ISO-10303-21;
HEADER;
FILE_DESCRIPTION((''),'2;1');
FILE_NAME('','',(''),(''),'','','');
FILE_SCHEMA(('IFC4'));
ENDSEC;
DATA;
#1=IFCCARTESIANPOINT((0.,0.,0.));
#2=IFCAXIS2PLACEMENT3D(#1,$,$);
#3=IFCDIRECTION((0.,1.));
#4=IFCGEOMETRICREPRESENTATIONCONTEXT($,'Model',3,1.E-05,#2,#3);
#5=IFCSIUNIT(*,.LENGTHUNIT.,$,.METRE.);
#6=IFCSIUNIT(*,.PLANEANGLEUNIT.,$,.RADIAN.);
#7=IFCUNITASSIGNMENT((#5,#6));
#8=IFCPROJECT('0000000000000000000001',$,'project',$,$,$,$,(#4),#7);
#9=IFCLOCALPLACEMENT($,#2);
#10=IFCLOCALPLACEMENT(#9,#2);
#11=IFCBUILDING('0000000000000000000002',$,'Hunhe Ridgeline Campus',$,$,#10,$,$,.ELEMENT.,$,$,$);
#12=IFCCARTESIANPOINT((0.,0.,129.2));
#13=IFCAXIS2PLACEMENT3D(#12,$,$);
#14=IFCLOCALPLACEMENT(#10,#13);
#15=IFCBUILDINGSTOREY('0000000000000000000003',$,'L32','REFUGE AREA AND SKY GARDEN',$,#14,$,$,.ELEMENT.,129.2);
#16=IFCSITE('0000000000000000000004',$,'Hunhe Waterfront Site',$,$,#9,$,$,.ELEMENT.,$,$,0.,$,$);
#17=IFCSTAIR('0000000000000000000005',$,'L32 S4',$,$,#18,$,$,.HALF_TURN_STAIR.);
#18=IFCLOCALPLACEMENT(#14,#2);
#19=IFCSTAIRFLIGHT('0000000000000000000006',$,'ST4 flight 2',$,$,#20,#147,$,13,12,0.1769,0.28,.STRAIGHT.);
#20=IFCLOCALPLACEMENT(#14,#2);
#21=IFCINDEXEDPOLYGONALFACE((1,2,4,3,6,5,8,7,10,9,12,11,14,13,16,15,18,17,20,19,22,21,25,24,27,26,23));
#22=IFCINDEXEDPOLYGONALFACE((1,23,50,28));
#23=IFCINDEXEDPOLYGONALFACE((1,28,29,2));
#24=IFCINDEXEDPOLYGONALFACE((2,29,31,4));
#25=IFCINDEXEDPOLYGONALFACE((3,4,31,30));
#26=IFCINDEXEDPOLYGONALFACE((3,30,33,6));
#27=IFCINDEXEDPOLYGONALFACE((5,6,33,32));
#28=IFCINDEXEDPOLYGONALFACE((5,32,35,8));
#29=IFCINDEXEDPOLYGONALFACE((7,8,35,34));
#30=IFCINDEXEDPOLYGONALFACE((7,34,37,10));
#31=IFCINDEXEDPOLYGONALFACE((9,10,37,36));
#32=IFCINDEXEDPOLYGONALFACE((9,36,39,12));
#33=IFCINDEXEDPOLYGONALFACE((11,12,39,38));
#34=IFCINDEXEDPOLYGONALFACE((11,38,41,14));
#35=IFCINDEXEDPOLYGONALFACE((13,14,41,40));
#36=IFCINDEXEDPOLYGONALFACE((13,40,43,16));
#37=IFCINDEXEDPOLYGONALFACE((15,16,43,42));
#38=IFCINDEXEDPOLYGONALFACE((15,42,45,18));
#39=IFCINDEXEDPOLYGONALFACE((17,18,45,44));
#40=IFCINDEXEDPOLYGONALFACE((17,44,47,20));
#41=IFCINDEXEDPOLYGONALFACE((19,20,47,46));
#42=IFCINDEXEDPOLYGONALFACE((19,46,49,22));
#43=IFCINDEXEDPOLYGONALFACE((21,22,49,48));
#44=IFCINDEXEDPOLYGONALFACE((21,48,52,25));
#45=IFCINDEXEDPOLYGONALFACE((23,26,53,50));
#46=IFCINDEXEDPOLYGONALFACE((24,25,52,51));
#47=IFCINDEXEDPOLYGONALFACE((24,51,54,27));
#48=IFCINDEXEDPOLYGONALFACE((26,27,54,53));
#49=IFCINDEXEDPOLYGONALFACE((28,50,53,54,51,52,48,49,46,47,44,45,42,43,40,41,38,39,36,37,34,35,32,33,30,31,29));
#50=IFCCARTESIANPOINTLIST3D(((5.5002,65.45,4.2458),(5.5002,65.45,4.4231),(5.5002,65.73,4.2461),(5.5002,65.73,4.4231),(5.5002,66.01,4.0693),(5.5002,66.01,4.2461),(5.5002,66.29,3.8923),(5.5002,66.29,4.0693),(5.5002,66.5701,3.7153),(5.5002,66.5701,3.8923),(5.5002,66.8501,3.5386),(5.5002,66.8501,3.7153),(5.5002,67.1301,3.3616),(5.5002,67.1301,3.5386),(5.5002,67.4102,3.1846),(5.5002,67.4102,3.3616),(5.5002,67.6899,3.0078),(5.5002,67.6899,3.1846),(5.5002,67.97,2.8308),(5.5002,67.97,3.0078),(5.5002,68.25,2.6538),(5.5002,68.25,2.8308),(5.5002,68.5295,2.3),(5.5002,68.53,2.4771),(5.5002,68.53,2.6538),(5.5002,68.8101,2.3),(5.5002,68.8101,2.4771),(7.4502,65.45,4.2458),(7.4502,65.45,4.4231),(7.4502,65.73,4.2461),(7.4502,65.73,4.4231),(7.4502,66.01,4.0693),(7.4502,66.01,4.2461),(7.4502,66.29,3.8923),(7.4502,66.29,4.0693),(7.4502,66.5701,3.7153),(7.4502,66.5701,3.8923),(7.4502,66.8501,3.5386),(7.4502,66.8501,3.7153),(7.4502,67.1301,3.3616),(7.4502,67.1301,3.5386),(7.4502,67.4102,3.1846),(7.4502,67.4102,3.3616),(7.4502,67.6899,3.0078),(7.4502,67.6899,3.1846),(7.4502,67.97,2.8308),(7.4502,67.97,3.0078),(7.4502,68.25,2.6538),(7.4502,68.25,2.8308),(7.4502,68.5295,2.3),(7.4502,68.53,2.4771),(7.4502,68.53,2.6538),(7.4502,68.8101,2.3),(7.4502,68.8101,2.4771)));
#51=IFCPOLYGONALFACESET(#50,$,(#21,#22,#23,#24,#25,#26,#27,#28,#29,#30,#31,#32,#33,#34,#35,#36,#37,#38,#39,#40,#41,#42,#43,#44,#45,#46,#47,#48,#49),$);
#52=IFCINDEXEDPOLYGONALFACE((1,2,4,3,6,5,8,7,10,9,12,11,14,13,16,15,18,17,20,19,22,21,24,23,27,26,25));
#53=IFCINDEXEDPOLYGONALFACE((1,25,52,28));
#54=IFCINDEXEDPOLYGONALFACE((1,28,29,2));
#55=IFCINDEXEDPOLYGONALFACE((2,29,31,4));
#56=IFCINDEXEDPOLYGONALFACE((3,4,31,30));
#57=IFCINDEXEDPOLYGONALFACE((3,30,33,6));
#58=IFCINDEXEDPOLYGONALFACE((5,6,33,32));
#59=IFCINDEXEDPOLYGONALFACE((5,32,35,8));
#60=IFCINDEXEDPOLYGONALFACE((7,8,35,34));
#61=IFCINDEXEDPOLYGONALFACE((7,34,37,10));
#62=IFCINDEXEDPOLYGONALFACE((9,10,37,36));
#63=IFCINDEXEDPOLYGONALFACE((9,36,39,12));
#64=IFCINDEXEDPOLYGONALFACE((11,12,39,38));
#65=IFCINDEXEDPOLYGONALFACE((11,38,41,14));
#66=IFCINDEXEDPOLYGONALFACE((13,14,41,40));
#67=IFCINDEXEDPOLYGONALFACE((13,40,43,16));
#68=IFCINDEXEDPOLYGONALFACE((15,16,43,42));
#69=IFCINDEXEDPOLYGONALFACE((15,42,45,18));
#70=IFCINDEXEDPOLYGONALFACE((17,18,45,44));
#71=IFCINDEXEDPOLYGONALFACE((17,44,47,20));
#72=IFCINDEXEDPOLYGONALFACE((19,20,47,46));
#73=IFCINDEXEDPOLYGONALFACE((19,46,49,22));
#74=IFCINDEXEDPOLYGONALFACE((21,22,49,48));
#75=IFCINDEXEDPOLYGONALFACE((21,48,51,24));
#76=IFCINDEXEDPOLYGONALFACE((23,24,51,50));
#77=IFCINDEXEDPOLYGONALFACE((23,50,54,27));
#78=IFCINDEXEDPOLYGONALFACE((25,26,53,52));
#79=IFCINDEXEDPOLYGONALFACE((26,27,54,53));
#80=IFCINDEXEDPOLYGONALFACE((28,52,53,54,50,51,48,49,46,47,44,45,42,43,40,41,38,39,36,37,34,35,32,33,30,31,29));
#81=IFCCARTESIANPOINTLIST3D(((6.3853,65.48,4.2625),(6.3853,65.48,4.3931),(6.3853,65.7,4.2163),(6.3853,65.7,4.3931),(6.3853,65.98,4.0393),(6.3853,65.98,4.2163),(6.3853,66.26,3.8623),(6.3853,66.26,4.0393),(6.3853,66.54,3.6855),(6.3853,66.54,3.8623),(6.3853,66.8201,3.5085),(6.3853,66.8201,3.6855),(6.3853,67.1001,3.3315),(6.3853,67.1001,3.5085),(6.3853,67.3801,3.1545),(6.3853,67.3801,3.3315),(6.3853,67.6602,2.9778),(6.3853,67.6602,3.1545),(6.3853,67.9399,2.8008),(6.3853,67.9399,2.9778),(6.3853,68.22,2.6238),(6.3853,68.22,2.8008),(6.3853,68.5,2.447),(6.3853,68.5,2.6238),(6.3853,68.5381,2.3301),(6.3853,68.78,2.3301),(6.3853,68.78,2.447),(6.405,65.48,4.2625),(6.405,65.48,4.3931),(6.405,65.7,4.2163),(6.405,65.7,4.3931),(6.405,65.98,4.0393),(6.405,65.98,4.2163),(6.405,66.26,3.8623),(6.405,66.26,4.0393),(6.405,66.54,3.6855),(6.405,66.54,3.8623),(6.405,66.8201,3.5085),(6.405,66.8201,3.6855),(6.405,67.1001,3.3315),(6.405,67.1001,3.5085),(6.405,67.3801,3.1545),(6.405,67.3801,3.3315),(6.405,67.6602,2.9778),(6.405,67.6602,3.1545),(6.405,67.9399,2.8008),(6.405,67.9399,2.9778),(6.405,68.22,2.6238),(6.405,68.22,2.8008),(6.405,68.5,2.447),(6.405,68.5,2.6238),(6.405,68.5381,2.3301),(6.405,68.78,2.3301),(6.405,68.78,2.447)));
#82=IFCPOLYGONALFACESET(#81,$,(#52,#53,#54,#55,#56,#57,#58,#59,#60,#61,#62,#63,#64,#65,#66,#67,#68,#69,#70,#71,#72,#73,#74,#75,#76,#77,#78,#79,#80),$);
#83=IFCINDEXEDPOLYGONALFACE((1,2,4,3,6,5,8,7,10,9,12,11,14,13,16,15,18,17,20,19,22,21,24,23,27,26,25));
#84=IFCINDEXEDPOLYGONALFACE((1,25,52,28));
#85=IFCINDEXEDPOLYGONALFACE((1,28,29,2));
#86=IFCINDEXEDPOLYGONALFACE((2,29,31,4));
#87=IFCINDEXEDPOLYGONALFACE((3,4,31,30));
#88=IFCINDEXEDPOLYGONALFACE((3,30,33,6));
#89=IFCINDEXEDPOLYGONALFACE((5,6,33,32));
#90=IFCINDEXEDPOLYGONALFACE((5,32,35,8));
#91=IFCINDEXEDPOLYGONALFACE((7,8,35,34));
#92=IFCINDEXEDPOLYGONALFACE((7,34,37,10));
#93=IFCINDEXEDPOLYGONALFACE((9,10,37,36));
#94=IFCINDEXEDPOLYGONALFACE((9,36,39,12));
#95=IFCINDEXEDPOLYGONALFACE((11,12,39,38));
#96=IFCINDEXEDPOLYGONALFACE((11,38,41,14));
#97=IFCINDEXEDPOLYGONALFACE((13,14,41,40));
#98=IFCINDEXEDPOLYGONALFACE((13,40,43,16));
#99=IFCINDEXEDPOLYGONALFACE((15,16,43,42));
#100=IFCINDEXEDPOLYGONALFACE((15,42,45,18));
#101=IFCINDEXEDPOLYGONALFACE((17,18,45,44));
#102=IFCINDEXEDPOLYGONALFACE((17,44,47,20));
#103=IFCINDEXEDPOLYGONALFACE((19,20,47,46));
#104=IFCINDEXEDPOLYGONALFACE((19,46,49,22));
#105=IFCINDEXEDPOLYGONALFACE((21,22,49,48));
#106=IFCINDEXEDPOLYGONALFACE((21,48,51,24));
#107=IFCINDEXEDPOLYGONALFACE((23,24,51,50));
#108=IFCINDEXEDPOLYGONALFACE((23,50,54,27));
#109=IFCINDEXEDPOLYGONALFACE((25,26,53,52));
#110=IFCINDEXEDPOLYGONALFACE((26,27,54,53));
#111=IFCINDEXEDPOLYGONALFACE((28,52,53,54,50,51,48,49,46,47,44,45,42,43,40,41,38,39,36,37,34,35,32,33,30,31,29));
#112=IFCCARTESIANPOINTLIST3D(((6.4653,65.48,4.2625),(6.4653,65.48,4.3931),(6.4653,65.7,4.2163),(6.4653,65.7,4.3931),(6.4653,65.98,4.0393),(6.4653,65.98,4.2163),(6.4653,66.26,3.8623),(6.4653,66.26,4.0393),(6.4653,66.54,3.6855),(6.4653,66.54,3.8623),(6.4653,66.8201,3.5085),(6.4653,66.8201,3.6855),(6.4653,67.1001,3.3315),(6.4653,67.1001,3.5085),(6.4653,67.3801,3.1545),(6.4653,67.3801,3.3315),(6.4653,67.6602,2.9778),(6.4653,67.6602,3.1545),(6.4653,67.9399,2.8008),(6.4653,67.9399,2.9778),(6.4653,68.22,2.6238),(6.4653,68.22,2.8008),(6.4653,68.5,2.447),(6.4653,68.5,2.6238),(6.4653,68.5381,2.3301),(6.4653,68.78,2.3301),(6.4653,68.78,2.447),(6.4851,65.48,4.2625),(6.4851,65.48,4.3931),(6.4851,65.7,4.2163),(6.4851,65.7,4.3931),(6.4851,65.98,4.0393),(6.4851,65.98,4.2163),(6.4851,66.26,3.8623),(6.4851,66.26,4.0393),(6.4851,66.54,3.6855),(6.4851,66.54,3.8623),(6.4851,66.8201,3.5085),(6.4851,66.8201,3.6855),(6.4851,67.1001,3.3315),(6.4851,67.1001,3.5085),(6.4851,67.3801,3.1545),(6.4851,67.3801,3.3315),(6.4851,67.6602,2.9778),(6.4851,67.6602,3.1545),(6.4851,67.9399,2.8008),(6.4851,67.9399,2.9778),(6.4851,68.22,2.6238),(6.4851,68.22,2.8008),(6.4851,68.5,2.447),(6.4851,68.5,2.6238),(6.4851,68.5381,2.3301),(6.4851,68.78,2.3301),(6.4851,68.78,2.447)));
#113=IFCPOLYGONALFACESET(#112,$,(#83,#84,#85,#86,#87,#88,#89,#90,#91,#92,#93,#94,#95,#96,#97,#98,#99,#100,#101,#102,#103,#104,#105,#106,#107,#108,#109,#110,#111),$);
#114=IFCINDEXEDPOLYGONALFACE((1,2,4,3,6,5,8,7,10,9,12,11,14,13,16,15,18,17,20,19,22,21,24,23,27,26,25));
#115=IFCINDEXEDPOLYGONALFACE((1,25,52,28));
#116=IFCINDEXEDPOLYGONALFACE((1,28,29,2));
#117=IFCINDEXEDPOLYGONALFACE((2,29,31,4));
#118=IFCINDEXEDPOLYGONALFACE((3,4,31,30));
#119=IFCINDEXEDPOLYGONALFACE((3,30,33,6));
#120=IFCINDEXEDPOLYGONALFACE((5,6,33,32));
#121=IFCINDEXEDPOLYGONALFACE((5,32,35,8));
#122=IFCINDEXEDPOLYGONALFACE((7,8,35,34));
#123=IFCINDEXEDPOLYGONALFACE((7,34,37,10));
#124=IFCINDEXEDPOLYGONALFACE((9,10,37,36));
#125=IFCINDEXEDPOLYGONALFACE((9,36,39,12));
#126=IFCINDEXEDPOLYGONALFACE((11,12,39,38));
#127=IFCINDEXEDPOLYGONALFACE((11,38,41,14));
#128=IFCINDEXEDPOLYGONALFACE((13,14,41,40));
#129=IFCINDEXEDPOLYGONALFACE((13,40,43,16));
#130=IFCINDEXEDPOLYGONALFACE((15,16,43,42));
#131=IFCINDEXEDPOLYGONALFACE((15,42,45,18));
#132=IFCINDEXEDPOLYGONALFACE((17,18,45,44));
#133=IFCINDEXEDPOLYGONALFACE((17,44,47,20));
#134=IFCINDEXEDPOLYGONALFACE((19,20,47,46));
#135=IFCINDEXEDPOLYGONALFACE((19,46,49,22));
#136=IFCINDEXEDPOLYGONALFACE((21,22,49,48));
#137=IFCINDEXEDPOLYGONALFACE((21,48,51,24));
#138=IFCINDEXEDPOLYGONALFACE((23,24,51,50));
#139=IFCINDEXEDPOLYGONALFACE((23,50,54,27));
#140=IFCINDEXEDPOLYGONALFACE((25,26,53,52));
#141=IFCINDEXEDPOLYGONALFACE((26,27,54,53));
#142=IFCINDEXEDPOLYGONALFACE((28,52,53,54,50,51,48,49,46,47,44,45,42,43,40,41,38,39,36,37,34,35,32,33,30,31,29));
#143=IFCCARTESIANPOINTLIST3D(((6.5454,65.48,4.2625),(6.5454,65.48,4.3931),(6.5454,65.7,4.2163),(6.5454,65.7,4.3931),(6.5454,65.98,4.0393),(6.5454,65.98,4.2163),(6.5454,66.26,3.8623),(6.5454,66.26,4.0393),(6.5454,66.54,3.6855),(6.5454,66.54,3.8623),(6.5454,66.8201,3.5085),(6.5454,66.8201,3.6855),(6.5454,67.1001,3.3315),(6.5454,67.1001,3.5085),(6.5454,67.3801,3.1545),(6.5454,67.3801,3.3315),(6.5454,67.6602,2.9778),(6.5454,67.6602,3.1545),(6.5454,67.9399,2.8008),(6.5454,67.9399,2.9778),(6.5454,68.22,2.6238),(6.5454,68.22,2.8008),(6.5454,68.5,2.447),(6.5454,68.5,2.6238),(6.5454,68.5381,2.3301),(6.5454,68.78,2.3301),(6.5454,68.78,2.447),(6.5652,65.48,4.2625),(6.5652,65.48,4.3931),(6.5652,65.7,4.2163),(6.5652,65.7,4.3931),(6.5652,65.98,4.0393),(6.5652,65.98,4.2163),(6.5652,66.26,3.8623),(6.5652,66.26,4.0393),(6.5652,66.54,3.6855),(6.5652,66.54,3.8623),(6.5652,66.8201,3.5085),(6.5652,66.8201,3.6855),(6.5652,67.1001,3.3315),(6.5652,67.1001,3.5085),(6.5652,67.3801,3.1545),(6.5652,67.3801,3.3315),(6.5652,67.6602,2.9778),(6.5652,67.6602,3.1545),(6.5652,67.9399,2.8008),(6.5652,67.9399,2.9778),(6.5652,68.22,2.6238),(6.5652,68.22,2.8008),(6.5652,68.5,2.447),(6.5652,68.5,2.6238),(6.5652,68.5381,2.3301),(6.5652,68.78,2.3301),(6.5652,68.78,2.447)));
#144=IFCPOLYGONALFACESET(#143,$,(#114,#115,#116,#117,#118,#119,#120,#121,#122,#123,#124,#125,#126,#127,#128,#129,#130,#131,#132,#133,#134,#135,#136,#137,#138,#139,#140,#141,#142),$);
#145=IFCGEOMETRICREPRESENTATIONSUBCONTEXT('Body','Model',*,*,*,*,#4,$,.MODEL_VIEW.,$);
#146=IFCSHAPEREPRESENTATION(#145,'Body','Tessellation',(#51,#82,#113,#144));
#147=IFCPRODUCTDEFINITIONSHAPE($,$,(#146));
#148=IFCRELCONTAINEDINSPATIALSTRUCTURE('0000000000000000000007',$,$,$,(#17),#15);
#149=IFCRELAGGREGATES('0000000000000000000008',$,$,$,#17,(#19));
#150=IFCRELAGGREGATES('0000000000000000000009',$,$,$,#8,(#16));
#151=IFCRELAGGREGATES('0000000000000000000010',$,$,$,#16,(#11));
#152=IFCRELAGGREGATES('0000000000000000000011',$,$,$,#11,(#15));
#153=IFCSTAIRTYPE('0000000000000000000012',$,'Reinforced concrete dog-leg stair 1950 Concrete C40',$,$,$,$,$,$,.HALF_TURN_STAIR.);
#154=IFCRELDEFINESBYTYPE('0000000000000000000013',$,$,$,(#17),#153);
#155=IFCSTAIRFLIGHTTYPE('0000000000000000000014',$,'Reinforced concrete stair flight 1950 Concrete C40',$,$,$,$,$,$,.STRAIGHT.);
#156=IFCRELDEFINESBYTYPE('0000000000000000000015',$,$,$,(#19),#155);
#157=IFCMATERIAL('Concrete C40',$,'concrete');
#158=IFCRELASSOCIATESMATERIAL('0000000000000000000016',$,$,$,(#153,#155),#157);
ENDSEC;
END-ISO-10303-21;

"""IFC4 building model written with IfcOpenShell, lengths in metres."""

from ifc_helpers import new_model, si_unit, direction, frame, origin, place, context, subcontext, project, spatial, polyline, outline, extrude, material, type_object, element, aggregate, save


model = new_model("IFC4")

# Units and contexts
model_context = context("Model", 3, precision=1e-05, world=origin(), true_north=direction((0.0, 1.0)))
body_context = subcontext(model_context, "Body", "Model", "MODEL_VIEW")
ifc_project = project(units=[si_unit("LENGTHUNIT", "METRE"), si_unit("PLANEANGLEUNIT", "RADIAN")], contexts=[model_context])

# Site, building, storey
site_placement = place(None, origin())
site = spatial("IfcSite", under=ifc_project, at=site_placement, Name="Hunhe Waterfront Site", CompositionType="ELEMENT", RefElevation=0.0)
building_placement = place(site_placement, origin())
building = spatial("IfcBuilding", under=site, at=building_placement, Name="Hunhe Ridgeline Campus", CompositionType="ELEMENT")
storey_placement = place(building_placement, frame((0.0, 0.0, 129.2)))
storey = spatial("IfcBuildingStorey", under=building, at=storey_placement, Name="L32", Description="REFUGE AREA AND SKY GARDEN", CompositionType="ELEMENT", Elevation=129.2)

# Stair, stair flight
ifc_material_1 = material(Name="Concrete C40", Category="concrete")
stair_type = type_object("IfcStairType", Name="Reinforced concrete dog-leg stair 1950 Concrete C40", PredefinedType="HALF_TURN_STAIR", material=ifc_material_1)
stair_placement = place(storey_placement, origin())
stair = element("IfcStair", 1, at=stair_placement, inside=storey, type_object=stair_type, Name="L32 S4", PredefinedType="HALF_TURN_STAIR")
stair_flight_type = type_object("IfcStairFlightType", Name="Reinforced concrete stair flight 1950 Concrete C40", PredefinedType="STRAIGHT", material=ifc_material_1)
stair_flight_placement = place(storey_placement, frame((6.4751, 68.8101, 2.3), z_axis=(0.0, 0.0, 1.0), x_axis=(0.0, -1.0, 0.0)))
stair_flight = element("IfcStairFlight", 2, at=stair_flight_placement, type_object=stair_flight_type, Name="ST4 flight 2", NumberOfRisers=13, NumberOfTreads=12, PredefinedType="STRAIGHT", RiserHeight=0.1769, TreadLength=0.28, context=body_context, shape_type="SweptSolid", body=[
    extrude(outline(polyline([(0.0, 0.0), (0.0, 0.177), (0.28, 0.177), (0.28, 0.3538), (0.5601, 0.3538), (0.5601, 0.5308), (0.8401, 0.5308), (0.8401, 0.7078), (1.1201, 0.7078), (1.1201, 0.8845), (1.3999, 0.8845), (1.3999, 1.0615), (1.6799, 1.0615), (1.6799, 1.2385), (1.96, 1.2385), (1.96, 1.4153), (2.24, 1.4153), (2.24, 1.5923), (2.52, 1.5923), (2.52, 1.7693), (2.8, 1.7693), (2.8, 1.946), (3.0801, 1.946), (3.0801, 2.123), (3.3601, 2.123), (3.3601, 2.3), (3.3601, 1.9458), (0.2805, 0.0), (0.0, 0.0)])), frame((0.0, 0.9751, 0.0), z_axis=(0.0, -1.0, 0.0), x_axis=(1.0, 0.0, 0.0)), (0.0, 0.0, 1.0), 1.95),
    extrude(outline(polyline([(0.03, 0.03), (0.03, 0.147), (0.3101, 0.147), (0.3101, 0.3237), (0.5901, 0.3237), (0.5901, 0.5007), (0.8701, 0.5007), (0.8701, 0.6777), (1.1499, 0.6777), (1.1499, 0.8545), (1.4299, 0.8545), (1.4299, 1.0315), (1.71, 1.0315), (1.71, 1.2085), (1.99, 1.2085), (1.99, 1.3855), (2.27, 1.3855), (2.27, 1.5623), (2.55, 1.5623), (2.55, 1.7393), (2.8301, 1.7393), (2.8301, 1.9163), (3.1101, 1.9163), (3.1101, 2.093), (3.3301, 2.093), (3.3301, 1.9624), (0.272, 0.03), (0.03, 0.03)])), frame((0.0, -0.0701, 0.0), z_axis=(0.0, -1.0, 0.0), x_axis=(1.0, 0.0, 0.0)), (0.0, 0.0, 1.0), 0.0198),
    extrude(outline(polyline([(0.03, 0.03), (0.03, 0.147), (0.3101, 0.147), (0.3101, 0.3237), (0.5901, 0.3237), (0.5901, 0.5007), (0.8701, 0.5007), (0.8701, 0.6777), (1.1499, 0.6777), (1.1499, 0.8545), (1.4299, 0.8545), (1.4299, 1.0315), (1.71, 1.0315), (1.71, 1.2085), (1.99, 1.2085), (1.99, 1.3855), (2.27, 1.3855), (2.27, 1.5623), (2.55, 1.5623), (2.55, 1.7393), (2.8301, 1.7393), (2.8301, 1.9163), (3.1101, 1.9163), (3.1101, 2.093), (3.3301, 2.093), (3.3301, 1.9624), (0.272, 0.03), (0.03, 0.03)])), frame((0.0, 0.01, 0.0), z_axis=(0.0, -1.0, 0.0), x_axis=(1.0, 0.0, 0.0)), (0.0, 0.0, 1.0), 0.0198),
    extrude(outline(polyline([(0.03, 0.03), (0.03, 0.147), (0.3101, 0.147), (0.3101, 0.3237), (0.5901, 0.3237), (0.5901, 0.5007), (0.8701, 0.5007), (0.8701, 0.6777), (1.1499, 0.6777), (1.1499, 0.8545), (1.4299, 0.8545), (1.4299, 1.0315), (1.71, 1.0315), (1.71, 1.2085), (1.99, 1.2085), (1.99, 1.3855), (2.27, 1.3855), (2.27, 1.5623), (2.55, 1.5623), (2.55, 1.7393), (2.8301, 1.7393), (2.8301, 1.9163), (3.1101, 1.9163), (3.1101, 2.093), (3.3301, 2.093), (3.3301, 1.9624), (0.272, 0.03), (0.03, 0.03)])), frame((0.0, 0.0901, 0.0), z_axis=(0.0, -1.0, 0.0), x_axis=(1.0, 0.0, 0.0)), (0.0, 0.0, 1.0), 0.0198),
])
aggregate(stair, [stair_flight])

save(model, "model.ifc")
